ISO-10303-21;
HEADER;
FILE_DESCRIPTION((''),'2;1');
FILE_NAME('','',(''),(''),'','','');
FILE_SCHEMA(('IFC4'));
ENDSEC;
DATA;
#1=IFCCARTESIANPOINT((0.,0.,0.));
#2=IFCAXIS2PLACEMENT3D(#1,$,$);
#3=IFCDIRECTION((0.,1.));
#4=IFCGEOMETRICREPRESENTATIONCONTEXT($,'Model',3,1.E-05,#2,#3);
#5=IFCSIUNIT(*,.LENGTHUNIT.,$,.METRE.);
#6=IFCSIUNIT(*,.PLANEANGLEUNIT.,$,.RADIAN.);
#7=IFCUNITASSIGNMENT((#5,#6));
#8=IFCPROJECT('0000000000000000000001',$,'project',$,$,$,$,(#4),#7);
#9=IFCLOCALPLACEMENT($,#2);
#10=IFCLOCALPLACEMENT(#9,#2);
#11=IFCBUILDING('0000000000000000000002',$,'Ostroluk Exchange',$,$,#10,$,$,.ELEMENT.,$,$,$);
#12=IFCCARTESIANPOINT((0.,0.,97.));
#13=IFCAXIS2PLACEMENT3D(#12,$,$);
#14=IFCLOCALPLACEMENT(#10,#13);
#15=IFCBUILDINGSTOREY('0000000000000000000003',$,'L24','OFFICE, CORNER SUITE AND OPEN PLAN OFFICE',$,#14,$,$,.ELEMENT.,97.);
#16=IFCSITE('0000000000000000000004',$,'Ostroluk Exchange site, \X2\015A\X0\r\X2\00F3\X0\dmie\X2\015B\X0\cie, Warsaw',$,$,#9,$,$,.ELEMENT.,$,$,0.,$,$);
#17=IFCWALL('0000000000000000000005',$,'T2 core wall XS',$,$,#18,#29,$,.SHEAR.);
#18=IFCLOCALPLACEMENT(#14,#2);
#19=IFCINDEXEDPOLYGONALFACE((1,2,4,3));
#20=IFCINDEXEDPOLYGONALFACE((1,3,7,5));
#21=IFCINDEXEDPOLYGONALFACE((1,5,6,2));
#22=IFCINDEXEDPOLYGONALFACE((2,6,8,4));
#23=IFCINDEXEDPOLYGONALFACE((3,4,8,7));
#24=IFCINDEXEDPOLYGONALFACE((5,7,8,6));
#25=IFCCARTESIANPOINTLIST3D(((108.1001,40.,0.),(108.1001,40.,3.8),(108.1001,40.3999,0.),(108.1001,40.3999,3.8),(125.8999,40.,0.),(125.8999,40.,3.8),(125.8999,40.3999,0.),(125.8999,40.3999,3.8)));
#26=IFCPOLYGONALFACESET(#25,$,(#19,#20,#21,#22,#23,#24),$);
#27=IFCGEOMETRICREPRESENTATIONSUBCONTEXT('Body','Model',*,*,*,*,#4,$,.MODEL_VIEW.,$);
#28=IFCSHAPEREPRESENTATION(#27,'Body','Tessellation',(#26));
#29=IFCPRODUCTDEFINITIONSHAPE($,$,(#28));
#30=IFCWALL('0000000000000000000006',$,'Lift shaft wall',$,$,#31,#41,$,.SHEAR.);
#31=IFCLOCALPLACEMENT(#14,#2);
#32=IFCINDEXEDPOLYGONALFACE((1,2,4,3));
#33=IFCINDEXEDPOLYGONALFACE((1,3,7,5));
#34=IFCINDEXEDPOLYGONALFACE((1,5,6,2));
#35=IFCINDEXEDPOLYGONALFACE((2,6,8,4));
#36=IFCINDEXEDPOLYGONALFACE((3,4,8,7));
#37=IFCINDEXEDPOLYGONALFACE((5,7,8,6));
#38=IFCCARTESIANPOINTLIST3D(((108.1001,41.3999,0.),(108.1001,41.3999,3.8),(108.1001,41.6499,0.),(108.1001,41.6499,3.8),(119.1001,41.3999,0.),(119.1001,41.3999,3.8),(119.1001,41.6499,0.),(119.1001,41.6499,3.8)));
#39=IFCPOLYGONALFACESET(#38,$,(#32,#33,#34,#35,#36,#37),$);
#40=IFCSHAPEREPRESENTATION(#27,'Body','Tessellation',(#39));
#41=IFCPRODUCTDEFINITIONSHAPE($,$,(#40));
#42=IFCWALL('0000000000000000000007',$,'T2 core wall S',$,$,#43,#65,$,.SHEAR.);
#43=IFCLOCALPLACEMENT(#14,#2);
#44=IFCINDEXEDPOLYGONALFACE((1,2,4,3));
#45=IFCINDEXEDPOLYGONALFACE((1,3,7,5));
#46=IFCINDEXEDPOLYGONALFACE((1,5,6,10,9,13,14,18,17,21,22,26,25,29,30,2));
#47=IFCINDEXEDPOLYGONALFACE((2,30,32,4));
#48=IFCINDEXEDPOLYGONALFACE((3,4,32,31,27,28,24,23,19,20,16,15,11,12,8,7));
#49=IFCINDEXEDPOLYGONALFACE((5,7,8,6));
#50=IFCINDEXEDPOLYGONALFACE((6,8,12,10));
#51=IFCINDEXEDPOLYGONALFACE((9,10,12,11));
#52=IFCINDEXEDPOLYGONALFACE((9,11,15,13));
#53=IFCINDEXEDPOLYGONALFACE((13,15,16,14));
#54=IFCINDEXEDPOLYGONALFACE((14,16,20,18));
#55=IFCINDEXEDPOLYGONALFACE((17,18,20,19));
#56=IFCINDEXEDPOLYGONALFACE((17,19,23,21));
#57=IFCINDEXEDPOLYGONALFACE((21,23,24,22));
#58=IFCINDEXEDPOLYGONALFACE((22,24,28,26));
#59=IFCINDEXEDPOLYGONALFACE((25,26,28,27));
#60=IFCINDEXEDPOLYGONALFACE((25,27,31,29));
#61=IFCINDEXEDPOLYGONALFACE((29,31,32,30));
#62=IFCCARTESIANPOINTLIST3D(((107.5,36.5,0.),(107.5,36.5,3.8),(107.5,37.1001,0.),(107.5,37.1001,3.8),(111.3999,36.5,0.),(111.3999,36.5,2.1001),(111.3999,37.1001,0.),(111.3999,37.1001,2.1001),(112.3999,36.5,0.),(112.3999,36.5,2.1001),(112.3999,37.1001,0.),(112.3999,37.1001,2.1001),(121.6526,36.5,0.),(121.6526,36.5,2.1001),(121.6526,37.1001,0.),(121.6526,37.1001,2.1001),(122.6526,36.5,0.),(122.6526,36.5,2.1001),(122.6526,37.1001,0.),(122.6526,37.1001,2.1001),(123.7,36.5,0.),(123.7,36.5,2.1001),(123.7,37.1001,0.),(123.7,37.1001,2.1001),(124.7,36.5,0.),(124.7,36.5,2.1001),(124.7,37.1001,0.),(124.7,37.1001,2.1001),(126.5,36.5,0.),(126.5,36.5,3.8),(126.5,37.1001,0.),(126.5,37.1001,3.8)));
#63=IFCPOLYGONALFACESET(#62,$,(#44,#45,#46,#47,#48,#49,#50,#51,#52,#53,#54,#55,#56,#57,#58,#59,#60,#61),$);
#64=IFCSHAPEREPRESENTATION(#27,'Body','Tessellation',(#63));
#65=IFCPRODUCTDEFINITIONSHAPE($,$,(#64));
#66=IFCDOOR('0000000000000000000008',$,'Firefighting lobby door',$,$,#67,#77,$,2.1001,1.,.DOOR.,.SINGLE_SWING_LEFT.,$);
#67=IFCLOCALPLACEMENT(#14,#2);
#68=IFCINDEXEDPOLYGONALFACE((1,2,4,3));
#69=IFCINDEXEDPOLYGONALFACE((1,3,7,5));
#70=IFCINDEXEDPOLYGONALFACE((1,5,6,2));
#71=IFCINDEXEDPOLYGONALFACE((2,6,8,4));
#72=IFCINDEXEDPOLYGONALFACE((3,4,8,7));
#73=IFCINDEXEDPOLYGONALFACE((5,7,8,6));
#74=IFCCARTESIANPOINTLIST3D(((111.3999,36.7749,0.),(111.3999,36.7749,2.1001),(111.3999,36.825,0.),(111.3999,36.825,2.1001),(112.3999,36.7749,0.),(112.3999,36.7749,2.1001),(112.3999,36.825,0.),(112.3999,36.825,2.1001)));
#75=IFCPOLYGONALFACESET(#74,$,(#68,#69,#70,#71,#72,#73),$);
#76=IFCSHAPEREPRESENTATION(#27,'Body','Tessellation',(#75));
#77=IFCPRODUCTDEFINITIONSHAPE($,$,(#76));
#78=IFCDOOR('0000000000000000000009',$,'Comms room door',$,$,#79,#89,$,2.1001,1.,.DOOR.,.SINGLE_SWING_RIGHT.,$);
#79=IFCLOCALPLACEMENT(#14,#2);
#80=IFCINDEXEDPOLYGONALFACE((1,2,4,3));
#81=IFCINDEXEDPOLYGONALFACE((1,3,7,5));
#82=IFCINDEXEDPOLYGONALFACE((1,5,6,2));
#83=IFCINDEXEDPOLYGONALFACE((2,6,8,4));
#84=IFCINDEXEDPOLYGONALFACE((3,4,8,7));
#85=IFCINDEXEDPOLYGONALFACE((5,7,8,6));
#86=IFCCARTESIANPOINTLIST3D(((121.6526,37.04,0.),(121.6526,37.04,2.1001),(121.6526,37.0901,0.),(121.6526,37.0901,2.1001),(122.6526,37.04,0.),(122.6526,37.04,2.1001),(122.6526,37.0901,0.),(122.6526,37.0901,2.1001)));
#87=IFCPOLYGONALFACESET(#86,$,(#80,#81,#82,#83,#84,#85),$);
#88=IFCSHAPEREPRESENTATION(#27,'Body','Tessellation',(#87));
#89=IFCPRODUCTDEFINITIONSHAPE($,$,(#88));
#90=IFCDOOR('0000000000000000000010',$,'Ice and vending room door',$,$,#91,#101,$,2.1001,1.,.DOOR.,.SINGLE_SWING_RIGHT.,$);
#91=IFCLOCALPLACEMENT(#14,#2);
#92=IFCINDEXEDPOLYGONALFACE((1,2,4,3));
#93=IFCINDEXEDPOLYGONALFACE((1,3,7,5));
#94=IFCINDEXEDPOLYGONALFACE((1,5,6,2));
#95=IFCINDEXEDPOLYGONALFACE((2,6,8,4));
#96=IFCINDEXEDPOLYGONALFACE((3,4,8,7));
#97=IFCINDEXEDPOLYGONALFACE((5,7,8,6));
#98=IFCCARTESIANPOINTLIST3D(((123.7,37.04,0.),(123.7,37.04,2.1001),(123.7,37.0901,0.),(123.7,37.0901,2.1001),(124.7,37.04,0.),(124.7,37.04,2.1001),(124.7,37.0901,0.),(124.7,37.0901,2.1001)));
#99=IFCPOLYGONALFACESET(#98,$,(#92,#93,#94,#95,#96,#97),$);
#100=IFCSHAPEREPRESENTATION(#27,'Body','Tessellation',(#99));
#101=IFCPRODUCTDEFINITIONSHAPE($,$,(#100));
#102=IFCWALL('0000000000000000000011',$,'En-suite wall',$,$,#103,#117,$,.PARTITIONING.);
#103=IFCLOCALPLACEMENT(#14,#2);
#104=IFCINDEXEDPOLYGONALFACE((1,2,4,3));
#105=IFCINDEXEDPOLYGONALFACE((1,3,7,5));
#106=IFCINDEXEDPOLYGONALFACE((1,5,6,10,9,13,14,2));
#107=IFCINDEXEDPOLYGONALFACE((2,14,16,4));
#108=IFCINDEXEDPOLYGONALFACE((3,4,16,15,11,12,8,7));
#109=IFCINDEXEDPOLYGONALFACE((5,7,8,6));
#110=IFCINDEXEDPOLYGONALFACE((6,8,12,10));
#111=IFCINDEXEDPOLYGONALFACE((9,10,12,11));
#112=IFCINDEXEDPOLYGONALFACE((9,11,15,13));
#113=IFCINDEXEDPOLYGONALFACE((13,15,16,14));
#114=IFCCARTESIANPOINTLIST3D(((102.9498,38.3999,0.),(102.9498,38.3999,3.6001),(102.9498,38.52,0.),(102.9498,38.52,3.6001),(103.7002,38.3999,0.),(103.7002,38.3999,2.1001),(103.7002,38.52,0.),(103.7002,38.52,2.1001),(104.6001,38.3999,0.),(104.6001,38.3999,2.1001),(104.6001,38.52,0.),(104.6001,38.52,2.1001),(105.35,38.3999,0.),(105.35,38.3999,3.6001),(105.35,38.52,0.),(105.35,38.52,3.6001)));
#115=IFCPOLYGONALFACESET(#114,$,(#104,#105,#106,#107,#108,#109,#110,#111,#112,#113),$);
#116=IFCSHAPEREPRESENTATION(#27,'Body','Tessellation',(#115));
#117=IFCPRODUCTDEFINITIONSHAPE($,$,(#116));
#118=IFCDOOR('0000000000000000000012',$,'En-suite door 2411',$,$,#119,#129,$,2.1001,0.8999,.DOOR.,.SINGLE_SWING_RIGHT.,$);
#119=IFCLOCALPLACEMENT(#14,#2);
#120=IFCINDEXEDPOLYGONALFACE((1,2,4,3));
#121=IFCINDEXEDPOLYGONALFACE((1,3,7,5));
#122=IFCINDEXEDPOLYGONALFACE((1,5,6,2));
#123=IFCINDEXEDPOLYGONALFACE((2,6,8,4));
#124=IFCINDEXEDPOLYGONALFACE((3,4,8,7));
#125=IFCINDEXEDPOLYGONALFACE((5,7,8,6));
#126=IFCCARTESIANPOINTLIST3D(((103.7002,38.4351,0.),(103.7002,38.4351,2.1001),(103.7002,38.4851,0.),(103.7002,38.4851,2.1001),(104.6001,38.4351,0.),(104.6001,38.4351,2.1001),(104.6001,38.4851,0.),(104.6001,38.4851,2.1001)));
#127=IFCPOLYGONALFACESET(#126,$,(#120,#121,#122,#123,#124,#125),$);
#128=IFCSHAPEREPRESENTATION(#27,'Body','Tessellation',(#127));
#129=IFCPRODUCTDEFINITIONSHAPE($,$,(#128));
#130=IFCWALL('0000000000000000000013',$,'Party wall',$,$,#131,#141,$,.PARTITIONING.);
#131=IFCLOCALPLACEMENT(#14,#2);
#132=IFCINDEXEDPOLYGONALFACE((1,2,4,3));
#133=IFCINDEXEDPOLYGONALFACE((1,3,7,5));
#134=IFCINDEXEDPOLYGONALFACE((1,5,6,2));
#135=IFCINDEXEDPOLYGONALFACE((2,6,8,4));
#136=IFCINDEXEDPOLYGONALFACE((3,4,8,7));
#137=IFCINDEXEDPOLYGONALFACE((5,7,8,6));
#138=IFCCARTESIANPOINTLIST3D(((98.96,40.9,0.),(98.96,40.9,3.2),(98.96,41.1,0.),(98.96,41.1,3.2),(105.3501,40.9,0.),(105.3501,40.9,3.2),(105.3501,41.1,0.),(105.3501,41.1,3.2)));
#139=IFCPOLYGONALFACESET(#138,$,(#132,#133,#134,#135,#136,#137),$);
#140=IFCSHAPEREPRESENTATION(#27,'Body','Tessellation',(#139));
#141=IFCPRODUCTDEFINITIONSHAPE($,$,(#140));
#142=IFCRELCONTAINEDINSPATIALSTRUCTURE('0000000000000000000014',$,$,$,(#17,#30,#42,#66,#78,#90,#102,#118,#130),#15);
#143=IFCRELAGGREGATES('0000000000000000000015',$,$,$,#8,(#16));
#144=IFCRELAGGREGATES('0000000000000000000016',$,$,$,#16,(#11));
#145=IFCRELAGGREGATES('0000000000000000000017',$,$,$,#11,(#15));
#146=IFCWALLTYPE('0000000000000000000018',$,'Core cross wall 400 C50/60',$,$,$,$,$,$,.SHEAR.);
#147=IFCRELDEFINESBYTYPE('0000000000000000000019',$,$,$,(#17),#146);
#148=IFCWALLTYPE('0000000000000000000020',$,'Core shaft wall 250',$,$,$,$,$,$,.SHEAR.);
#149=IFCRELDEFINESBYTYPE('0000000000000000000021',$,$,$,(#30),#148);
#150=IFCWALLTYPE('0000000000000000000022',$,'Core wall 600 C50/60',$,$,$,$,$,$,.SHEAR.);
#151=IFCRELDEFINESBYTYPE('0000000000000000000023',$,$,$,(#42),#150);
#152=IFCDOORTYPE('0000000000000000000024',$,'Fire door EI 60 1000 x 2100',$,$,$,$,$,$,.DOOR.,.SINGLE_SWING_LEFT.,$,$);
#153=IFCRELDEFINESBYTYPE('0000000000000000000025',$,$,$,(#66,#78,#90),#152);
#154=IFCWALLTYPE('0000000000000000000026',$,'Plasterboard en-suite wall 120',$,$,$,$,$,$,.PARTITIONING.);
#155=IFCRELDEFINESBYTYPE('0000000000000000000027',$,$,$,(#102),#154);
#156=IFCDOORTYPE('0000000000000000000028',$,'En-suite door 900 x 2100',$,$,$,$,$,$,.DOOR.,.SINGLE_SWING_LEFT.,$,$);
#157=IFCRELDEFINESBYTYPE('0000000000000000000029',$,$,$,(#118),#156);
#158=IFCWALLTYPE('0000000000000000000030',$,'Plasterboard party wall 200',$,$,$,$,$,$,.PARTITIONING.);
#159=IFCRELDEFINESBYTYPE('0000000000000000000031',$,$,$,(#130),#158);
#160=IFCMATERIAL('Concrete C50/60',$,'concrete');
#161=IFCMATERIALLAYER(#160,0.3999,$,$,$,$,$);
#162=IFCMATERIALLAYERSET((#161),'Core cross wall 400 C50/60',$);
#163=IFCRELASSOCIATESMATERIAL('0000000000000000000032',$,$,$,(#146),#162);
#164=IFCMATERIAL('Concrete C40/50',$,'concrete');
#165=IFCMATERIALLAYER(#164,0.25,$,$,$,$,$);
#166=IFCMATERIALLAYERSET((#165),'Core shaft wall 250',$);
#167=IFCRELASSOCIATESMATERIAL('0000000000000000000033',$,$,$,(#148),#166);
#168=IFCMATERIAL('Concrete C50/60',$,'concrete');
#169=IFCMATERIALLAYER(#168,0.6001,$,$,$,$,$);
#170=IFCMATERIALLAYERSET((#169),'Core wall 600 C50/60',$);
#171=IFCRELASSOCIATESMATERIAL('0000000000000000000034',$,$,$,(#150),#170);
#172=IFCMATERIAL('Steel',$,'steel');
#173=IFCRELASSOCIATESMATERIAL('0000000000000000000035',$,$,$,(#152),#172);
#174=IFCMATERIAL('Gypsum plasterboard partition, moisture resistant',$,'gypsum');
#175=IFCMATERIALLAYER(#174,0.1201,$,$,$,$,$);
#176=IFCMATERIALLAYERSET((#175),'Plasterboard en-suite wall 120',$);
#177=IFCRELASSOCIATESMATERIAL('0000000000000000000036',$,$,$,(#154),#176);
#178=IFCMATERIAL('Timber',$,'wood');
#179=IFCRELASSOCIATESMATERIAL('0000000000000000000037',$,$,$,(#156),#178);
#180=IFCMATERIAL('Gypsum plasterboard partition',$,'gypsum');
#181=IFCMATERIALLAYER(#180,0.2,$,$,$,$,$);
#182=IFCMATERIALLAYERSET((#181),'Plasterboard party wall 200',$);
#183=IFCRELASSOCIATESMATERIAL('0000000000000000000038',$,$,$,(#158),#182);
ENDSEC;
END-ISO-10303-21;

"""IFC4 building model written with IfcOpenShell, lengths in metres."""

from ifc_helpers import new_model, si_unit, direction, frame, frame_2d, origin, place, context, subcontext, project, spatial, rectangle, extrude, material, layer, layer_set, type_object, element, fill, save


model = new_model("IFC4")

# Units and contexts
model_context = context("Model", 3, precision=1e-05, world=origin(), true_north=direction((0.0, 1.0)))
body_context = subcontext(model_context, "Body", "Model", "MODEL_VIEW")
ifc_project = project(units=[si_unit("LENGTHUNIT", "METRE"), si_unit("PLANEANGLEUNIT", "RADIAN")], contexts=[model_context])

# Site, building, storey
site_placement = place(None, origin())
site = spatial("IfcSite", under=ifc_project, at=site_placement, Name="Ostroluk Exchange site, Śródmieście, Warsaw", CompositionType="ELEMENT", RefElevation=0.0)
building_placement = place(site_placement, origin())
building = spatial("IfcBuilding", under=site, at=building_placement, Name="Ostroluk Exchange", CompositionType="ELEMENT")
storey_placement = place(building_placement, frame((0.0, 0.0, 97.0)))
storey = spatial("IfcBuildingStorey", under=building, at=storey_placement, Name="L24", Description="OFFICE, CORNER SUITE AND OPEN PLAN OFFICE", CompositionType="ELEMENT", Elevation=97.0)

# Walls
ifc_material_1 = material(Name="Concrete C50/60", Category="concrete")
ifc_layer_1 = layer(ifc_material_1, 0.3999)
ifc_layer_set_1 = layer_set([ifc_layer_1], Name="Core cross wall 400 C50/60")
wall_type_1 = type_object("IfcWallType", Name="Core cross wall 400 C50/60", PredefinedType="SHEAR", material=ifc_layer_set_1)
wall_1_placement = place(storey_placement, frame((108.1001, 40.2, 0.0), z_axis=(0.0, 0.0, 1.0), x_axis=(1.0, 0.0, 0.0)))
element("IfcWall", 1, at=wall_1_placement, inside=storey, type_object=wall_type_1, Name="T2 core wall XS", PredefinedType="SHEAR", context=body_context, shape_type="SweptSolid", body=[
    extrude(rectangle(XDim=17.7998, YDim=0.3999, at=frame_2d((8.8999, 0.0))), origin(), (0.0, 0.0, 1.0), 3.8),
])
ifc_material_2 = material(Name="Concrete C40/50", Category="concrete")
ifc_layer_2 = layer(ifc_material_2, 0.25)
ifc_layer_set_2 = layer_set([ifc_layer_2], Name="Core shaft wall 250")
wall_type_2 = type_object("IfcWallType", Name="Core shaft wall 250", PredefinedType="SHEAR", material=ifc_layer_set_2)
wall_2_placement = place(storey_placement, frame((108.1001, 41.5249, 0.0), z_axis=(0.0, 0.0, 1.0), x_axis=(1.0, 0.0, 0.0)))
element("IfcWall", 2, at=wall_2_placement, inside=storey, type_object=wall_type_2, Name="Lift shaft wall", PredefinedType="SHEAR", context=body_context, shape_type="SweptSolid", body=[
    extrude(rectangle(XDim=11.0, YDim=0.25, at=frame_2d((5.5, 0.0))), origin(), (0.0, 0.0, 1.0), 3.8),
])

# Wall, openings, doors
ifc_material_3 = material(Name="Concrete C50/60", Category="concrete")
ifc_layer_3 = layer(ifc_material_3, 0.6001)
ifc_layer_set_3 = layer_set([ifc_layer_3], Name="Core wall 600 C50/60")
wall_type_3 = type_object("IfcWallType", Name="Core wall 600 C50/60", PredefinedType="SHEAR", material=ifc_layer_set_3)
wall_3_placement = place(storey_placement, frame((107.5, 36.8, 0.0), z_axis=(0.0, 0.0, 1.0), x_axis=(1.0, 0.0, 0.0)))
wall_3 = element("IfcWall", 3, at=wall_3_placement, inside=storey, type_object=wall_type_3, Name="T2 core wall S", PredefinedType="SHEAR", context=body_context, shape_type="SweptSolid", body=[
    extrude(rectangle(XDim=19.0, YDim=0.6001, at=frame_2d((9.5, 0.0))), origin(), (0.0, 0.0, 1.0), 3.8),
])
opening_1_placement = place(wall_3_placement, frame((3.8999, 0.0, 0.0)))
opening_1 = element("IfcOpeningElement", 4, at=opening_1_placement, cuts=wall_3, PredefinedType="OPENING", context=body_context, shape_type="SweptSolid", body=[
    extrude(rectangle(XDim=1.0, YDim=2.1001, at=frame_2d((0.5, 1.05))), frame((0.0, 0.3101, 0.0), z_axis=(0.0, -1.0, 0.0), x_axis=(1.0, 0.0, 0.0)), (0.0, 0.0, 1.0), 0.6201),
])
opening_2_placement = place(wall_3_placement, frame((14.1526, 0.0, 0.0)))
opening_2 = element("IfcOpeningElement", 5, at=opening_2_placement, cuts=wall_3, PredefinedType="OPENING", context=body_context, shape_type="SweptSolid", body=[
    extrude(rectangle(XDim=1.0, YDim=2.1001, at=frame_2d((0.5, 1.05))), frame((0.0, 0.3101, 0.0), z_axis=(0.0, -1.0, 0.0), x_axis=(1.0, 0.0, 0.0)), (0.0, 0.0, 1.0), 0.6201),
])
opening_3_placement = place(wall_3_placement, frame((16.2, 0.0, 0.0)))
opening_3 = element("IfcOpeningElement", 6, at=opening_3_placement, cuts=wall_3, PredefinedType="OPENING", context=body_context, shape_type="SweptSolid", body=[
    extrude(rectangle(XDim=1.0, YDim=2.1001, at=frame_2d((0.5, 1.05))), frame((0.0, 0.3101, 0.0), z_axis=(0.0, -1.0, 0.0), x_axis=(1.0, 0.0, 0.0)), (0.0, 0.0, 1.0), 0.6201),
])
ifc_material_4 = material(Name="Steel", Category="steel")
door_type_1 = type_object("IfcDoorType", Name="Fire door EI 60 1000 x 2100", OperationType="SINGLE_SWING_LEFT", PredefinedType="DOOR", material=ifc_material_4)
door_1_placement = place(opening_1_placement, origin())
door_1 = element("IfcDoor", 7, at=door_1_placement, inside=storey, type_object=door_type_1, Name="Firefighting lobby door", OperationType="SINGLE_SWING_LEFT", OverallHeight=2.1001, OverallWidth=1.0, PredefinedType="DOOR", context=body_context, shape_type="SweptSolid", body=[
    extrude(rectangle(XDim=1.0, YDim=2.1001, at=frame_2d((0.5, 1.05))), frame((0.0, 0.0249, 0.0), z_axis=(0.0, -1.0, 0.0), x_axis=(1.0, 0.0, 0.0)), (0.0, 0.0, 1.0), 0.05),
])
fill(opening_1, door_1)
door_2_placement = place(opening_2_placement, origin())
door_2 = element("IfcDoor", 8, at=door_2_placement, inside=storey, type_object=door_type_1, Name="Comms room door", OperationType="SINGLE_SWING_RIGHT", OverallHeight=2.1001, OverallWidth=1.0, PredefinedType="DOOR", context=body_context, shape_type="SweptSolid", body=[
    extrude(rectangle(XDim=1.0, YDim=2.1001, at=frame_2d((0.5, 1.05))), frame((0.0, 0.29, 0.0), z_axis=(0.0, -1.0, 0.0), x_axis=(1.0, 0.0, 0.0)), (0.0, 0.0, 1.0), 0.05),
])
fill(opening_2, door_2)
door_3_placement = place(opening_3_placement, origin())
door_3 = element("IfcDoor", 9, at=door_3_placement, inside=storey, type_object=door_type_1, Name="Ice and vending room door", OperationType="SINGLE_SWING_RIGHT", OverallHeight=2.1001, OverallWidth=1.0, PredefinedType="DOOR", context=body_context, shape_type="SweptSolid", body=[
    extrude(rectangle(XDim=1.0, YDim=2.1001, at=frame_2d((0.5, 1.05))), frame((0.0, 0.29, 0.0), z_axis=(0.0, -1.0, 0.0), x_axis=(1.0, 0.0, 0.0)), (0.0, 0.0, 1.0), 0.05),
])
fill(opening_3, door_3)

# Wall, opening, door
ifc_material_5 = material(Name="Gypsum plasterboard partition, moisture resistant", Category="gypsum")
ifc_layer_4 = layer(ifc_material_5, 0.1201)
ifc_layer_set_4 = layer_set([ifc_layer_4], Name="Plasterboard en-suite wall 120")
wall_type_4 = type_object("IfcWallType", Name="Plasterboard en-suite wall 120", PredefinedType="PARTITIONING", material=ifc_layer_set_4)
wall_4_placement = place(storey_placement, frame((105.3501, 38.46, 0.0), z_axis=(0.0, 0.0, 1.0), x_axis=(-1.0, 0.0, 0.0)))
wall_4 = element("IfcWall", 10, at=wall_4_placement, inside=storey, type_object=wall_type_4, Name="En-suite wall", PredefinedType="PARTITIONING", context=body_context, shape_type="SweptSolid", body=[
    extrude(rectangle(XDim=2.4001, YDim=0.1201, at=frame_2d((1.2002, 0.0))), origin(), (0.0, 0.0, 1.0), 3.6001),
])
opening_4_placement = place(wall_4_placement, frame((0.75, 0.0, 0.0)))
opening_4 = element("IfcOpeningElement", 11, at=opening_4_placement, cuts=wall_4, PredefinedType="OPENING", context=body_context, shape_type="SweptSolid", body=[
    extrude(rectangle(XDim=0.8999, YDim=2.1001, at=frame_2d((0.45, 1.05))), frame((0.0, 0.0701, 0.0), z_axis=(0.0, -1.0, 0.0), x_axis=(1.0, 0.0, 0.0)), (0.0, 0.0, 1.0), 0.1401),
])
ifc_material_6 = material(Name="Timber", Category="wood")
door_type_2 = type_object("IfcDoorType", Name="En-suite door 900 x 2100", OperationType="SINGLE_SWING_LEFT", PredefinedType="DOOR", material=ifc_material_6)
door_4_placement = place(opening_4_placement, origin())
door_4 = element("IfcDoor", 12, at=door_4_placement, inside=storey, type_object=door_type_2, Name="En-suite door 2411", OperationType="SINGLE_SWING_RIGHT", OverallHeight=2.1001, OverallWidth=0.8999, PredefinedType="DOOR", context=body_context, shape_type="SweptSolid", body=[
    extrude(rectangle(XDim=0.8999, YDim=2.1001, at=frame_2d((0.45, 1.05))), frame((0.0, 0.0249, 0.0), z_axis=(0.0, -1.0, 0.0), x_axis=(1.0, 0.0, 0.0)), (0.0, 0.0, 1.0), 0.05),
])
fill(opening_4, door_4)

# Wall
ifc_material_7 = material(Name="Gypsum plasterboard partition", Category="gypsum")
ifc_layer_5 = layer(ifc_material_7, 0.2)
ifc_layer_set_5 = layer_set([ifc_layer_5], Name="Plasterboard party wall 200")
wall_type_5 = type_object("IfcWallType", Name="Plasterboard party wall 200", PredefinedType="PARTITIONING", material=ifc_layer_set_5)
wall_5_placement = place(storey_placement, frame((105.3501, 41.0, 0.0), z_axis=(0.0, 0.0, 1.0), x_axis=(-1.0, 0.0, 0.0)))
element("IfcWall", 13, at=wall_5_placement, inside=storey, type_object=wall_type_5, Name="Party wall", PredefinedType="PARTITIONING", context=body_context, shape_type="SweptSolid", body=[
    extrude(rectangle(XDim=6.3901, YDim=0.2, at=frame_2d((3.1951, 0.0))), origin(), (0.0, 0.0, 1.0), 3.2),
])

save(model, "model.ifc")
